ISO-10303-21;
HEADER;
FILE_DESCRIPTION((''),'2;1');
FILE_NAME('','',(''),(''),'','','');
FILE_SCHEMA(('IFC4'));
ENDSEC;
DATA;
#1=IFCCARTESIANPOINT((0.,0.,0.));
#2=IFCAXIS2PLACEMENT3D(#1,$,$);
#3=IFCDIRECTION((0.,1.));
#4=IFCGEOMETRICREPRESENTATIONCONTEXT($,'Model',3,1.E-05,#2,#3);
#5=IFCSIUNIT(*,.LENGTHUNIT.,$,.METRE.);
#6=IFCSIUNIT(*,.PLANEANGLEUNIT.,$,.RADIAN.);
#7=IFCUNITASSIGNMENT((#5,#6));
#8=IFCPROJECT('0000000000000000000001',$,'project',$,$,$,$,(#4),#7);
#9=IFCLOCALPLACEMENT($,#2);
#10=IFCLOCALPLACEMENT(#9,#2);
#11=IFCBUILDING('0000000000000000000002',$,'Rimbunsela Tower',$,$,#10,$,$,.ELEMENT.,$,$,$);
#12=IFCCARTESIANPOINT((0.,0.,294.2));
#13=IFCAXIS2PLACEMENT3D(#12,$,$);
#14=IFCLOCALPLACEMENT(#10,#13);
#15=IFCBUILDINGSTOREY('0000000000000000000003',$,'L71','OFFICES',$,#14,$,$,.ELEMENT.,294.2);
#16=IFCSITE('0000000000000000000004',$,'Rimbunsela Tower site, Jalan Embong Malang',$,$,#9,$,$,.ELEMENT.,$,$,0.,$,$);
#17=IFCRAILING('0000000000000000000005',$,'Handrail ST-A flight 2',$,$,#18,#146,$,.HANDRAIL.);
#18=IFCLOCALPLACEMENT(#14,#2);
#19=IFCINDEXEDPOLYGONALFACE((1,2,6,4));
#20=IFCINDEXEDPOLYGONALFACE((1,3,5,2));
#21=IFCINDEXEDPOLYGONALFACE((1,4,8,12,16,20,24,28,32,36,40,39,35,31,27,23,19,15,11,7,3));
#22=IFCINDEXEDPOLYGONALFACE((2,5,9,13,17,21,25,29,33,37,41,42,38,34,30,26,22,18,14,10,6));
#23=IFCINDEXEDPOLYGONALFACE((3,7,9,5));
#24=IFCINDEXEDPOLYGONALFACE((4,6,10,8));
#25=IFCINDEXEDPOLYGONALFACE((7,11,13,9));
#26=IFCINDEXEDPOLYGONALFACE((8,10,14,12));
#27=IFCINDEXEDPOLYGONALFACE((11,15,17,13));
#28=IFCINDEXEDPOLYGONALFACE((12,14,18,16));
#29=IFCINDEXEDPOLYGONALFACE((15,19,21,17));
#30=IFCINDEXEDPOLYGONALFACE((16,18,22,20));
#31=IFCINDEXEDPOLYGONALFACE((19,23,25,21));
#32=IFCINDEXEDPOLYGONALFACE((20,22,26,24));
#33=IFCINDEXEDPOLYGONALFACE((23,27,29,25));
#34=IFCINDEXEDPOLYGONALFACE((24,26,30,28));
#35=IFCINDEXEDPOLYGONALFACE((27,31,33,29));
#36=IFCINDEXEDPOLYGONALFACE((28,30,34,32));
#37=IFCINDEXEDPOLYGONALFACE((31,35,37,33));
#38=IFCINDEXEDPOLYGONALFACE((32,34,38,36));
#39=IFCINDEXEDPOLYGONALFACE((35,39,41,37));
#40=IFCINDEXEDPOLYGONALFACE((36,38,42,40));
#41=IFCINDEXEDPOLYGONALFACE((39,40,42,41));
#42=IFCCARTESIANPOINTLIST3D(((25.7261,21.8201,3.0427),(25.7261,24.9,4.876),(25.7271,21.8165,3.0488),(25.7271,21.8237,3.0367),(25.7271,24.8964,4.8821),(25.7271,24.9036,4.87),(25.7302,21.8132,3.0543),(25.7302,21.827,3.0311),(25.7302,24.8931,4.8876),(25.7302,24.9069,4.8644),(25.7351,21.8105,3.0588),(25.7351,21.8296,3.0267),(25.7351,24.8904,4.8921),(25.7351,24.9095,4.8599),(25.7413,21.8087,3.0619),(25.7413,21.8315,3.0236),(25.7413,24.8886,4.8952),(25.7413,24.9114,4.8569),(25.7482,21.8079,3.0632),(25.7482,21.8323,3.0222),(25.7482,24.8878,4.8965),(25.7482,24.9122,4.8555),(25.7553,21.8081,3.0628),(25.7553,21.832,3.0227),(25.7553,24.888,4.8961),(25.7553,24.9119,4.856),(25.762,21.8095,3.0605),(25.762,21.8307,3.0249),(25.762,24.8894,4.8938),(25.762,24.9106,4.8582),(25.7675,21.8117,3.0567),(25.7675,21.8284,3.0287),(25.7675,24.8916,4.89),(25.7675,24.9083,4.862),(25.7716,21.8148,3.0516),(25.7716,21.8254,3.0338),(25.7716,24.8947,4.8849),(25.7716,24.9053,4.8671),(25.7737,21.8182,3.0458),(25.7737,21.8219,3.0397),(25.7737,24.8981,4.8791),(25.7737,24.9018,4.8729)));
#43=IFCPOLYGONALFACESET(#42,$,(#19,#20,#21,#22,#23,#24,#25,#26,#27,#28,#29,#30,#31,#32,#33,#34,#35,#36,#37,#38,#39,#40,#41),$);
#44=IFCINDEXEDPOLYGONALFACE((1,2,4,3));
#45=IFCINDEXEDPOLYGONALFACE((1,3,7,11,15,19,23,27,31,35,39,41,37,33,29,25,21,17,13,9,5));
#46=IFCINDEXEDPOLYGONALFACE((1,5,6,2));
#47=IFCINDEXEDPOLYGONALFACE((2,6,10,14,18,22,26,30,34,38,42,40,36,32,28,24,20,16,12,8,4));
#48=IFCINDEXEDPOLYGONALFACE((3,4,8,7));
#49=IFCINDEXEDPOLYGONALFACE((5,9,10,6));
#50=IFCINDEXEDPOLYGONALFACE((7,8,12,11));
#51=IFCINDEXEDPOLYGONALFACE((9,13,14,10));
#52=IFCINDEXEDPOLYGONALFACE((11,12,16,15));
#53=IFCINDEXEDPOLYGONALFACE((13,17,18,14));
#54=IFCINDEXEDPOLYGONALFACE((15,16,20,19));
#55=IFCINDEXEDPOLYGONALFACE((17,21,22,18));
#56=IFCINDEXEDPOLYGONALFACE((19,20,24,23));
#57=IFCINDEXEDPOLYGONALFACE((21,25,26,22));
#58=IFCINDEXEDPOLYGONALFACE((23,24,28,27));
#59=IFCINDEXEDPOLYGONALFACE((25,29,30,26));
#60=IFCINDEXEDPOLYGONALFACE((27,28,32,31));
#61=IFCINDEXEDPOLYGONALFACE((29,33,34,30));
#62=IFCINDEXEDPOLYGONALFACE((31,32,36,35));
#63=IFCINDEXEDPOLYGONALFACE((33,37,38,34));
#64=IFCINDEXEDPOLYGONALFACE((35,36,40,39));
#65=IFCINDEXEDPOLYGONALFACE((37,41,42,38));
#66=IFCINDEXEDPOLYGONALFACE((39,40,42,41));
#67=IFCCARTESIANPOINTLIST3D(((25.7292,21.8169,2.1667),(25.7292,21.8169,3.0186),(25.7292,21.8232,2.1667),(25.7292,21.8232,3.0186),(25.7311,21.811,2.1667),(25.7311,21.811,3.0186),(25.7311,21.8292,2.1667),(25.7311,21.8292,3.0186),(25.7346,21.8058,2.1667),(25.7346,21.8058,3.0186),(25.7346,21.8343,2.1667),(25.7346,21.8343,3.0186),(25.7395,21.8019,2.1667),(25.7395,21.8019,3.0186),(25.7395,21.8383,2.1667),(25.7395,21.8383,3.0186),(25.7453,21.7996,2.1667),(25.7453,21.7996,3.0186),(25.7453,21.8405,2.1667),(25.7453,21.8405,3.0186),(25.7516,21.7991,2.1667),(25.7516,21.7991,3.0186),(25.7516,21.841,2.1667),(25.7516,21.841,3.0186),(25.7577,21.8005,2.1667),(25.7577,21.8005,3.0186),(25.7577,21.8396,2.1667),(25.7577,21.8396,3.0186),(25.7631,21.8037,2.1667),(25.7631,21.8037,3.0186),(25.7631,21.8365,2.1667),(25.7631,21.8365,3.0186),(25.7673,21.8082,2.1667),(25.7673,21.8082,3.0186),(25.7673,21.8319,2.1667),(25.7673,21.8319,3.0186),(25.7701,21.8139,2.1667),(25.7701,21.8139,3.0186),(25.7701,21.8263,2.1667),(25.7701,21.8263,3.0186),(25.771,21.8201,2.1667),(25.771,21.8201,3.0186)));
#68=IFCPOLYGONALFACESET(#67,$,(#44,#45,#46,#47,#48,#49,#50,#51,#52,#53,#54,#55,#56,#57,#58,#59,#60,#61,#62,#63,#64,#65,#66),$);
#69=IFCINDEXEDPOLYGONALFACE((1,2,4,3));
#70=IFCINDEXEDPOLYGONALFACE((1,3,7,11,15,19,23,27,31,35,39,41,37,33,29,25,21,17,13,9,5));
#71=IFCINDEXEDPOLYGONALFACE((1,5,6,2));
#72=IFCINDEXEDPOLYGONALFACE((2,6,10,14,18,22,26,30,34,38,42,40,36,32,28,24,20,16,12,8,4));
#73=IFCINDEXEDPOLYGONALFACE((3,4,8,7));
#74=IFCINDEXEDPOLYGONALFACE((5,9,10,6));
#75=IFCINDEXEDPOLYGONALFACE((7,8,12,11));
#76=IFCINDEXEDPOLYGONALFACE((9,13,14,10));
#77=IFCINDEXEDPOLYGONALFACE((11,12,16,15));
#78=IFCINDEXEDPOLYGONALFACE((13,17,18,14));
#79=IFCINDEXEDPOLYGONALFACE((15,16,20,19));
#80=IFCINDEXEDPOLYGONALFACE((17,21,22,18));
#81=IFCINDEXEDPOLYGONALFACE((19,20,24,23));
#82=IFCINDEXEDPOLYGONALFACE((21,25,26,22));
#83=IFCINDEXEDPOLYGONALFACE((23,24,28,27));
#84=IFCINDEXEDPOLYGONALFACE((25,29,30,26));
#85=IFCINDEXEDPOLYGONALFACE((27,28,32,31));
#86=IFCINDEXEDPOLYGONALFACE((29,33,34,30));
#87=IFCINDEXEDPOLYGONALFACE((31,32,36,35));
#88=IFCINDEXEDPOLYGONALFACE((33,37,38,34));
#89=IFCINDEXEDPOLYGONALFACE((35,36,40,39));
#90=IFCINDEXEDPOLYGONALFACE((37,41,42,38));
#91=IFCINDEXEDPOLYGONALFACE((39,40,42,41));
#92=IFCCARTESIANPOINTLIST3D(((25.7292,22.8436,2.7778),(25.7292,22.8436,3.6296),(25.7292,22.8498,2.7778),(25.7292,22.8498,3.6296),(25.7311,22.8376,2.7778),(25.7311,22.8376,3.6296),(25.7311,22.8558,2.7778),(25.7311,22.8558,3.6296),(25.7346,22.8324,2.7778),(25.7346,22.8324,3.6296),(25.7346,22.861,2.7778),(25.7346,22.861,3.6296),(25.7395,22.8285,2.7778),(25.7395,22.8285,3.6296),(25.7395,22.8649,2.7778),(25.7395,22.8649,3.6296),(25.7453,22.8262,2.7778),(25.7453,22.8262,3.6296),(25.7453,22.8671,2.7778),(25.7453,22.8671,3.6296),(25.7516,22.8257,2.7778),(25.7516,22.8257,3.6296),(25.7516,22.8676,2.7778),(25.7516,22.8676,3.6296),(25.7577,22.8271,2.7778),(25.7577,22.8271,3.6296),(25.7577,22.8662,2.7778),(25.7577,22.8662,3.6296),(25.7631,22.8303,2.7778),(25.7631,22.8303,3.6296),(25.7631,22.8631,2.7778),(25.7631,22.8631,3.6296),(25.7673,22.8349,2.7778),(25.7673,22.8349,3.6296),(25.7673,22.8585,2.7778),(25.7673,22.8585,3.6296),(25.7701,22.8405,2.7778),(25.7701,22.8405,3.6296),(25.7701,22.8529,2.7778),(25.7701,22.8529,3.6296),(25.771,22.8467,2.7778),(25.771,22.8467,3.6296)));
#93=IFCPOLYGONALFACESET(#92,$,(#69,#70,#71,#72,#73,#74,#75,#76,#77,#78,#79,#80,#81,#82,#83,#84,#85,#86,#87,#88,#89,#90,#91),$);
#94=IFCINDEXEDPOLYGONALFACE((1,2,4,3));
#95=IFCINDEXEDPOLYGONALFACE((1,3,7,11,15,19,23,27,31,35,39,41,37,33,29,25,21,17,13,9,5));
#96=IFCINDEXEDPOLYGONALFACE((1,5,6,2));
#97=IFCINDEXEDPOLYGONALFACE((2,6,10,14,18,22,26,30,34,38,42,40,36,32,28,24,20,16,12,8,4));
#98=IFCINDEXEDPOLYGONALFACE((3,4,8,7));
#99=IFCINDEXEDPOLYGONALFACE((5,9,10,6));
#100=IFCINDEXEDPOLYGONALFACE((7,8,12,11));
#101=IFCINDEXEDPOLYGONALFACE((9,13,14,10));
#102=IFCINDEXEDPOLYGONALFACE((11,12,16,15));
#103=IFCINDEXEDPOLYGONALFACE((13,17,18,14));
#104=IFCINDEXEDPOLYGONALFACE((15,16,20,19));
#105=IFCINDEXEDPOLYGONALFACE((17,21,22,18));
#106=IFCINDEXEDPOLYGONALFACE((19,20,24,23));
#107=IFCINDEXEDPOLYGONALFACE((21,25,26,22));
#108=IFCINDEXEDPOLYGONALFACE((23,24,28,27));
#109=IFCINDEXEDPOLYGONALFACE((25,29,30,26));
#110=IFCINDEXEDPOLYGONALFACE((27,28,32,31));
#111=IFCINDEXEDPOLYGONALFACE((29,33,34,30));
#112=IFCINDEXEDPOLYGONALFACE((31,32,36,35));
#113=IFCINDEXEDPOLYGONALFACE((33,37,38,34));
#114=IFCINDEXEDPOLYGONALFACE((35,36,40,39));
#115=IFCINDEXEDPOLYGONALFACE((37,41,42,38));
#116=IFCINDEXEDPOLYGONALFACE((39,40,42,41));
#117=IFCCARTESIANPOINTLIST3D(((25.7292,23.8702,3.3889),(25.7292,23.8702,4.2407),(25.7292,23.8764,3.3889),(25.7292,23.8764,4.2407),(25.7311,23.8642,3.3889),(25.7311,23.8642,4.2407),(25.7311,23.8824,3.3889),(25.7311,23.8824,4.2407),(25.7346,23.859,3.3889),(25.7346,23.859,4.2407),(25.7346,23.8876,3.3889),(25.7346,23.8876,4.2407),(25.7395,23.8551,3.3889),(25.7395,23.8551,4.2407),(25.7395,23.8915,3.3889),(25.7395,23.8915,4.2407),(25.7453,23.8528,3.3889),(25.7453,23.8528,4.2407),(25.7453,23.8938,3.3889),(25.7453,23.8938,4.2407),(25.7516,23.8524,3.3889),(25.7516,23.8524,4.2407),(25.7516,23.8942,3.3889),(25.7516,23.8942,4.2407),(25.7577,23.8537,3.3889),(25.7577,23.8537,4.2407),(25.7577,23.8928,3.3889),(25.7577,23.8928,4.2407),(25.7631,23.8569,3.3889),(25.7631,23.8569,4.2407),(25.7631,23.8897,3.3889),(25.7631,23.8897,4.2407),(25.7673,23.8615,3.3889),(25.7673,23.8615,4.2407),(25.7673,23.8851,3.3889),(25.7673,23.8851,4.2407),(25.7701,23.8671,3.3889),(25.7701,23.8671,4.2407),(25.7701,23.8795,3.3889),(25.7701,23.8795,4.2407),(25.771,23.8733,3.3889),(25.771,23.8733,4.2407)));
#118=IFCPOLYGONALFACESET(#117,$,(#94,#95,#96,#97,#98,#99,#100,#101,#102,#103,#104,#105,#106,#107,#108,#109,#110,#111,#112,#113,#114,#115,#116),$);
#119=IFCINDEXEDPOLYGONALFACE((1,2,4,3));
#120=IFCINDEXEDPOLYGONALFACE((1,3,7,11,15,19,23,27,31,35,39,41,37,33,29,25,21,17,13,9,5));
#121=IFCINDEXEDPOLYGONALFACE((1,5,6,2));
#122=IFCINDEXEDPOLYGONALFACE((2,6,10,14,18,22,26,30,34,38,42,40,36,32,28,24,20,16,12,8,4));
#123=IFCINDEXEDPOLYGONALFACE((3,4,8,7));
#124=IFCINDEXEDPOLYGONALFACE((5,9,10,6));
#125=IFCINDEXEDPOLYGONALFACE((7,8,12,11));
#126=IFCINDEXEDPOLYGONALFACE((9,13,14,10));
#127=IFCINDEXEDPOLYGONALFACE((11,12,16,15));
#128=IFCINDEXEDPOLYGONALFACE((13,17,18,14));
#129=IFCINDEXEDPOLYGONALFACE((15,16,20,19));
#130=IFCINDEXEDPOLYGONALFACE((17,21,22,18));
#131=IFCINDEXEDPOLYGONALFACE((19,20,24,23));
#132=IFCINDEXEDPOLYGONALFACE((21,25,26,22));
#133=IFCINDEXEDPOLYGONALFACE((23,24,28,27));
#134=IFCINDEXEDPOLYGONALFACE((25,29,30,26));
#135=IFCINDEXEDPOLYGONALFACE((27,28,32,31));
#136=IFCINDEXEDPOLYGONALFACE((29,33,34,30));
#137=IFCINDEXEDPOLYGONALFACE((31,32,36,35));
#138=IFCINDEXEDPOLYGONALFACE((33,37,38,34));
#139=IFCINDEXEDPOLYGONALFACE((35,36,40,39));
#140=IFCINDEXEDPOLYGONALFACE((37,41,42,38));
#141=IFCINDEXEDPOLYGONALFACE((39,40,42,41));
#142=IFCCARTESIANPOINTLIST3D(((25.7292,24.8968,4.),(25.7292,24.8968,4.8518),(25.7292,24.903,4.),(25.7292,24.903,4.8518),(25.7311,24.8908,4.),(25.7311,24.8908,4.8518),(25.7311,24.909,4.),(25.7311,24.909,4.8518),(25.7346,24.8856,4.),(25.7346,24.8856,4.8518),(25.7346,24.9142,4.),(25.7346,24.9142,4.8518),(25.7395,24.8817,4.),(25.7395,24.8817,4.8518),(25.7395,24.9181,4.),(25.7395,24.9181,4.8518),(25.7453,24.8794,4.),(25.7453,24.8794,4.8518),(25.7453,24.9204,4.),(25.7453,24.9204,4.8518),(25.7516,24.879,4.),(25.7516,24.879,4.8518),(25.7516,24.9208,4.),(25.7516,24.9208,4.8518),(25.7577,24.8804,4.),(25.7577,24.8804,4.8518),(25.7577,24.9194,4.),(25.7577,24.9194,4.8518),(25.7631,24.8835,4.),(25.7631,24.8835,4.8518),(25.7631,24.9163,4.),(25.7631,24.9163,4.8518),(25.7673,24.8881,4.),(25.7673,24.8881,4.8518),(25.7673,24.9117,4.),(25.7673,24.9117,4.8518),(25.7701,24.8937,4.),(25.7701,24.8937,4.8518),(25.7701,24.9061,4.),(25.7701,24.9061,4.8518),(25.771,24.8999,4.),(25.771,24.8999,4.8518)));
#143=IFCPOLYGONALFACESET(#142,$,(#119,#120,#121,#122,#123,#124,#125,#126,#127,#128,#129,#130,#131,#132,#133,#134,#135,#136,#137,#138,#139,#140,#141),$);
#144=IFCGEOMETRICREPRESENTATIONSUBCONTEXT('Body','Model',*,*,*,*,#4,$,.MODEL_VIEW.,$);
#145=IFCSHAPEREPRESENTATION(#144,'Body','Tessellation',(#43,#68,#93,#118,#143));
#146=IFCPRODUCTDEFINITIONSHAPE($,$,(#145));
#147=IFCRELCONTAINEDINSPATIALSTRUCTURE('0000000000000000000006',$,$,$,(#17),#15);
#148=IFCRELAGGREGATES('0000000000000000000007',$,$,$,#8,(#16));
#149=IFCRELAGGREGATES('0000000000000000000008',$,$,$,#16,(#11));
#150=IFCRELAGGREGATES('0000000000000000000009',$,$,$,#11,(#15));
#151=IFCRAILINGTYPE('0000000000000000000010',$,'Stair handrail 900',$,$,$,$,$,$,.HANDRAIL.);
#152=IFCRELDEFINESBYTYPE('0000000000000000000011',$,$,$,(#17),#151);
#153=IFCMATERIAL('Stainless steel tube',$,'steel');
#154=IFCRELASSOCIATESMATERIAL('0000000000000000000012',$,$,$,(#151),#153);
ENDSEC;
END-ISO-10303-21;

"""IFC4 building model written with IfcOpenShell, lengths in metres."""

from ifc_helpers import new_model, si_unit, direction, frame, origin, origin_2d, place, context, subcontext, project, spatial, circle, extrude, material, type_object, element, save


model = new_model("IFC4")

# Units and contexts
model_context = context("Model", 3, precision=1e-05, world=origin(), true_north=direction((0.0, 1.0)))
body_context = subcontext(model_context, "Body", "Model", "MODEL_VIEW")
ifc_project = project(units=[si_unit("LENGTHUNIT", "METRE"), si_unit("PLANEANGLEUNIT", "RADIAN")], contexts=[model_context])

# Site, building, storey
site_placement = place(None, origin())
site = spatial("IfcSite", under=ifc_project, at=site_placement, Name="Rimbunsela Tower site, Jalan Embong Malang", CompositionType="ELEMENT", RefElevation=0.0)
building_placement = place(site_placement, origin())
building = spatial("IfcBuilding", under=site, at=building_placement, Name="Rimbunsela Tower", CompositionType="ELEMENT")
storey_placement = place(building_placement, frame((0.0, 0.0, 294.2)))
storey = spatial("IfcBuildingStorey", under=building, at=storey_placement, Name="L71", Description="OFFICES", CompositionType="ELEMENT", Elevation=294.2)

# Railing
ifc_material_1 = material(Name="Stainless steel tube", Category="steel")
railing_type = type_object("IfcRailingType", Name="Stair handrail 900", PredefinedType="HANDRAIL", material=ifc_material_1)
for number, where, name in (
    (1, (25.75, 21.8201, 2.1667), "Handrail ST-A flight 2"),
):
    element("IfcRailing", number, at=place(storey_placement, frame(where)), inside=storey, type_object=railing_type, Name=name, PredefinedType="HANDRAIL", context=body_context, shape_type="SweptSolid", body=[
        extrude(circle(Radius=0.0239, at=origin_2d()), frame((0.0, 0.0, 0.876), z_axis=(0.0, 0.859291, 0.511487), x_axis=(-1.0, 0.0, 0.0)), (0.0, 0.0, 1.0), 3.5842),
        extrude(circle(Radius=0.021, at=origin_2d()), origin(), (0.0, 0.0, 1.0), 0.8518),
        extrude(circle(Radius=0.021, at=origin_2d()), frame((0.0, 1.0266, 0.6111)), (0.0, 0.0, 1.0), 0.8518),
        extrude(circle(Radius=0.021, at=origin_2d()), frame((0.0, 2.0532, 1.2222)), (0.0, 0.0, 1.0), 0.8518),
        extrude(circle(Radius=0.021, at=origin_2d()), frame((0.0, 3.0798, 1.8333)), (0.0, 0.0, 1.0), 0.8518),
    ])

save(model, "model.ifc")
